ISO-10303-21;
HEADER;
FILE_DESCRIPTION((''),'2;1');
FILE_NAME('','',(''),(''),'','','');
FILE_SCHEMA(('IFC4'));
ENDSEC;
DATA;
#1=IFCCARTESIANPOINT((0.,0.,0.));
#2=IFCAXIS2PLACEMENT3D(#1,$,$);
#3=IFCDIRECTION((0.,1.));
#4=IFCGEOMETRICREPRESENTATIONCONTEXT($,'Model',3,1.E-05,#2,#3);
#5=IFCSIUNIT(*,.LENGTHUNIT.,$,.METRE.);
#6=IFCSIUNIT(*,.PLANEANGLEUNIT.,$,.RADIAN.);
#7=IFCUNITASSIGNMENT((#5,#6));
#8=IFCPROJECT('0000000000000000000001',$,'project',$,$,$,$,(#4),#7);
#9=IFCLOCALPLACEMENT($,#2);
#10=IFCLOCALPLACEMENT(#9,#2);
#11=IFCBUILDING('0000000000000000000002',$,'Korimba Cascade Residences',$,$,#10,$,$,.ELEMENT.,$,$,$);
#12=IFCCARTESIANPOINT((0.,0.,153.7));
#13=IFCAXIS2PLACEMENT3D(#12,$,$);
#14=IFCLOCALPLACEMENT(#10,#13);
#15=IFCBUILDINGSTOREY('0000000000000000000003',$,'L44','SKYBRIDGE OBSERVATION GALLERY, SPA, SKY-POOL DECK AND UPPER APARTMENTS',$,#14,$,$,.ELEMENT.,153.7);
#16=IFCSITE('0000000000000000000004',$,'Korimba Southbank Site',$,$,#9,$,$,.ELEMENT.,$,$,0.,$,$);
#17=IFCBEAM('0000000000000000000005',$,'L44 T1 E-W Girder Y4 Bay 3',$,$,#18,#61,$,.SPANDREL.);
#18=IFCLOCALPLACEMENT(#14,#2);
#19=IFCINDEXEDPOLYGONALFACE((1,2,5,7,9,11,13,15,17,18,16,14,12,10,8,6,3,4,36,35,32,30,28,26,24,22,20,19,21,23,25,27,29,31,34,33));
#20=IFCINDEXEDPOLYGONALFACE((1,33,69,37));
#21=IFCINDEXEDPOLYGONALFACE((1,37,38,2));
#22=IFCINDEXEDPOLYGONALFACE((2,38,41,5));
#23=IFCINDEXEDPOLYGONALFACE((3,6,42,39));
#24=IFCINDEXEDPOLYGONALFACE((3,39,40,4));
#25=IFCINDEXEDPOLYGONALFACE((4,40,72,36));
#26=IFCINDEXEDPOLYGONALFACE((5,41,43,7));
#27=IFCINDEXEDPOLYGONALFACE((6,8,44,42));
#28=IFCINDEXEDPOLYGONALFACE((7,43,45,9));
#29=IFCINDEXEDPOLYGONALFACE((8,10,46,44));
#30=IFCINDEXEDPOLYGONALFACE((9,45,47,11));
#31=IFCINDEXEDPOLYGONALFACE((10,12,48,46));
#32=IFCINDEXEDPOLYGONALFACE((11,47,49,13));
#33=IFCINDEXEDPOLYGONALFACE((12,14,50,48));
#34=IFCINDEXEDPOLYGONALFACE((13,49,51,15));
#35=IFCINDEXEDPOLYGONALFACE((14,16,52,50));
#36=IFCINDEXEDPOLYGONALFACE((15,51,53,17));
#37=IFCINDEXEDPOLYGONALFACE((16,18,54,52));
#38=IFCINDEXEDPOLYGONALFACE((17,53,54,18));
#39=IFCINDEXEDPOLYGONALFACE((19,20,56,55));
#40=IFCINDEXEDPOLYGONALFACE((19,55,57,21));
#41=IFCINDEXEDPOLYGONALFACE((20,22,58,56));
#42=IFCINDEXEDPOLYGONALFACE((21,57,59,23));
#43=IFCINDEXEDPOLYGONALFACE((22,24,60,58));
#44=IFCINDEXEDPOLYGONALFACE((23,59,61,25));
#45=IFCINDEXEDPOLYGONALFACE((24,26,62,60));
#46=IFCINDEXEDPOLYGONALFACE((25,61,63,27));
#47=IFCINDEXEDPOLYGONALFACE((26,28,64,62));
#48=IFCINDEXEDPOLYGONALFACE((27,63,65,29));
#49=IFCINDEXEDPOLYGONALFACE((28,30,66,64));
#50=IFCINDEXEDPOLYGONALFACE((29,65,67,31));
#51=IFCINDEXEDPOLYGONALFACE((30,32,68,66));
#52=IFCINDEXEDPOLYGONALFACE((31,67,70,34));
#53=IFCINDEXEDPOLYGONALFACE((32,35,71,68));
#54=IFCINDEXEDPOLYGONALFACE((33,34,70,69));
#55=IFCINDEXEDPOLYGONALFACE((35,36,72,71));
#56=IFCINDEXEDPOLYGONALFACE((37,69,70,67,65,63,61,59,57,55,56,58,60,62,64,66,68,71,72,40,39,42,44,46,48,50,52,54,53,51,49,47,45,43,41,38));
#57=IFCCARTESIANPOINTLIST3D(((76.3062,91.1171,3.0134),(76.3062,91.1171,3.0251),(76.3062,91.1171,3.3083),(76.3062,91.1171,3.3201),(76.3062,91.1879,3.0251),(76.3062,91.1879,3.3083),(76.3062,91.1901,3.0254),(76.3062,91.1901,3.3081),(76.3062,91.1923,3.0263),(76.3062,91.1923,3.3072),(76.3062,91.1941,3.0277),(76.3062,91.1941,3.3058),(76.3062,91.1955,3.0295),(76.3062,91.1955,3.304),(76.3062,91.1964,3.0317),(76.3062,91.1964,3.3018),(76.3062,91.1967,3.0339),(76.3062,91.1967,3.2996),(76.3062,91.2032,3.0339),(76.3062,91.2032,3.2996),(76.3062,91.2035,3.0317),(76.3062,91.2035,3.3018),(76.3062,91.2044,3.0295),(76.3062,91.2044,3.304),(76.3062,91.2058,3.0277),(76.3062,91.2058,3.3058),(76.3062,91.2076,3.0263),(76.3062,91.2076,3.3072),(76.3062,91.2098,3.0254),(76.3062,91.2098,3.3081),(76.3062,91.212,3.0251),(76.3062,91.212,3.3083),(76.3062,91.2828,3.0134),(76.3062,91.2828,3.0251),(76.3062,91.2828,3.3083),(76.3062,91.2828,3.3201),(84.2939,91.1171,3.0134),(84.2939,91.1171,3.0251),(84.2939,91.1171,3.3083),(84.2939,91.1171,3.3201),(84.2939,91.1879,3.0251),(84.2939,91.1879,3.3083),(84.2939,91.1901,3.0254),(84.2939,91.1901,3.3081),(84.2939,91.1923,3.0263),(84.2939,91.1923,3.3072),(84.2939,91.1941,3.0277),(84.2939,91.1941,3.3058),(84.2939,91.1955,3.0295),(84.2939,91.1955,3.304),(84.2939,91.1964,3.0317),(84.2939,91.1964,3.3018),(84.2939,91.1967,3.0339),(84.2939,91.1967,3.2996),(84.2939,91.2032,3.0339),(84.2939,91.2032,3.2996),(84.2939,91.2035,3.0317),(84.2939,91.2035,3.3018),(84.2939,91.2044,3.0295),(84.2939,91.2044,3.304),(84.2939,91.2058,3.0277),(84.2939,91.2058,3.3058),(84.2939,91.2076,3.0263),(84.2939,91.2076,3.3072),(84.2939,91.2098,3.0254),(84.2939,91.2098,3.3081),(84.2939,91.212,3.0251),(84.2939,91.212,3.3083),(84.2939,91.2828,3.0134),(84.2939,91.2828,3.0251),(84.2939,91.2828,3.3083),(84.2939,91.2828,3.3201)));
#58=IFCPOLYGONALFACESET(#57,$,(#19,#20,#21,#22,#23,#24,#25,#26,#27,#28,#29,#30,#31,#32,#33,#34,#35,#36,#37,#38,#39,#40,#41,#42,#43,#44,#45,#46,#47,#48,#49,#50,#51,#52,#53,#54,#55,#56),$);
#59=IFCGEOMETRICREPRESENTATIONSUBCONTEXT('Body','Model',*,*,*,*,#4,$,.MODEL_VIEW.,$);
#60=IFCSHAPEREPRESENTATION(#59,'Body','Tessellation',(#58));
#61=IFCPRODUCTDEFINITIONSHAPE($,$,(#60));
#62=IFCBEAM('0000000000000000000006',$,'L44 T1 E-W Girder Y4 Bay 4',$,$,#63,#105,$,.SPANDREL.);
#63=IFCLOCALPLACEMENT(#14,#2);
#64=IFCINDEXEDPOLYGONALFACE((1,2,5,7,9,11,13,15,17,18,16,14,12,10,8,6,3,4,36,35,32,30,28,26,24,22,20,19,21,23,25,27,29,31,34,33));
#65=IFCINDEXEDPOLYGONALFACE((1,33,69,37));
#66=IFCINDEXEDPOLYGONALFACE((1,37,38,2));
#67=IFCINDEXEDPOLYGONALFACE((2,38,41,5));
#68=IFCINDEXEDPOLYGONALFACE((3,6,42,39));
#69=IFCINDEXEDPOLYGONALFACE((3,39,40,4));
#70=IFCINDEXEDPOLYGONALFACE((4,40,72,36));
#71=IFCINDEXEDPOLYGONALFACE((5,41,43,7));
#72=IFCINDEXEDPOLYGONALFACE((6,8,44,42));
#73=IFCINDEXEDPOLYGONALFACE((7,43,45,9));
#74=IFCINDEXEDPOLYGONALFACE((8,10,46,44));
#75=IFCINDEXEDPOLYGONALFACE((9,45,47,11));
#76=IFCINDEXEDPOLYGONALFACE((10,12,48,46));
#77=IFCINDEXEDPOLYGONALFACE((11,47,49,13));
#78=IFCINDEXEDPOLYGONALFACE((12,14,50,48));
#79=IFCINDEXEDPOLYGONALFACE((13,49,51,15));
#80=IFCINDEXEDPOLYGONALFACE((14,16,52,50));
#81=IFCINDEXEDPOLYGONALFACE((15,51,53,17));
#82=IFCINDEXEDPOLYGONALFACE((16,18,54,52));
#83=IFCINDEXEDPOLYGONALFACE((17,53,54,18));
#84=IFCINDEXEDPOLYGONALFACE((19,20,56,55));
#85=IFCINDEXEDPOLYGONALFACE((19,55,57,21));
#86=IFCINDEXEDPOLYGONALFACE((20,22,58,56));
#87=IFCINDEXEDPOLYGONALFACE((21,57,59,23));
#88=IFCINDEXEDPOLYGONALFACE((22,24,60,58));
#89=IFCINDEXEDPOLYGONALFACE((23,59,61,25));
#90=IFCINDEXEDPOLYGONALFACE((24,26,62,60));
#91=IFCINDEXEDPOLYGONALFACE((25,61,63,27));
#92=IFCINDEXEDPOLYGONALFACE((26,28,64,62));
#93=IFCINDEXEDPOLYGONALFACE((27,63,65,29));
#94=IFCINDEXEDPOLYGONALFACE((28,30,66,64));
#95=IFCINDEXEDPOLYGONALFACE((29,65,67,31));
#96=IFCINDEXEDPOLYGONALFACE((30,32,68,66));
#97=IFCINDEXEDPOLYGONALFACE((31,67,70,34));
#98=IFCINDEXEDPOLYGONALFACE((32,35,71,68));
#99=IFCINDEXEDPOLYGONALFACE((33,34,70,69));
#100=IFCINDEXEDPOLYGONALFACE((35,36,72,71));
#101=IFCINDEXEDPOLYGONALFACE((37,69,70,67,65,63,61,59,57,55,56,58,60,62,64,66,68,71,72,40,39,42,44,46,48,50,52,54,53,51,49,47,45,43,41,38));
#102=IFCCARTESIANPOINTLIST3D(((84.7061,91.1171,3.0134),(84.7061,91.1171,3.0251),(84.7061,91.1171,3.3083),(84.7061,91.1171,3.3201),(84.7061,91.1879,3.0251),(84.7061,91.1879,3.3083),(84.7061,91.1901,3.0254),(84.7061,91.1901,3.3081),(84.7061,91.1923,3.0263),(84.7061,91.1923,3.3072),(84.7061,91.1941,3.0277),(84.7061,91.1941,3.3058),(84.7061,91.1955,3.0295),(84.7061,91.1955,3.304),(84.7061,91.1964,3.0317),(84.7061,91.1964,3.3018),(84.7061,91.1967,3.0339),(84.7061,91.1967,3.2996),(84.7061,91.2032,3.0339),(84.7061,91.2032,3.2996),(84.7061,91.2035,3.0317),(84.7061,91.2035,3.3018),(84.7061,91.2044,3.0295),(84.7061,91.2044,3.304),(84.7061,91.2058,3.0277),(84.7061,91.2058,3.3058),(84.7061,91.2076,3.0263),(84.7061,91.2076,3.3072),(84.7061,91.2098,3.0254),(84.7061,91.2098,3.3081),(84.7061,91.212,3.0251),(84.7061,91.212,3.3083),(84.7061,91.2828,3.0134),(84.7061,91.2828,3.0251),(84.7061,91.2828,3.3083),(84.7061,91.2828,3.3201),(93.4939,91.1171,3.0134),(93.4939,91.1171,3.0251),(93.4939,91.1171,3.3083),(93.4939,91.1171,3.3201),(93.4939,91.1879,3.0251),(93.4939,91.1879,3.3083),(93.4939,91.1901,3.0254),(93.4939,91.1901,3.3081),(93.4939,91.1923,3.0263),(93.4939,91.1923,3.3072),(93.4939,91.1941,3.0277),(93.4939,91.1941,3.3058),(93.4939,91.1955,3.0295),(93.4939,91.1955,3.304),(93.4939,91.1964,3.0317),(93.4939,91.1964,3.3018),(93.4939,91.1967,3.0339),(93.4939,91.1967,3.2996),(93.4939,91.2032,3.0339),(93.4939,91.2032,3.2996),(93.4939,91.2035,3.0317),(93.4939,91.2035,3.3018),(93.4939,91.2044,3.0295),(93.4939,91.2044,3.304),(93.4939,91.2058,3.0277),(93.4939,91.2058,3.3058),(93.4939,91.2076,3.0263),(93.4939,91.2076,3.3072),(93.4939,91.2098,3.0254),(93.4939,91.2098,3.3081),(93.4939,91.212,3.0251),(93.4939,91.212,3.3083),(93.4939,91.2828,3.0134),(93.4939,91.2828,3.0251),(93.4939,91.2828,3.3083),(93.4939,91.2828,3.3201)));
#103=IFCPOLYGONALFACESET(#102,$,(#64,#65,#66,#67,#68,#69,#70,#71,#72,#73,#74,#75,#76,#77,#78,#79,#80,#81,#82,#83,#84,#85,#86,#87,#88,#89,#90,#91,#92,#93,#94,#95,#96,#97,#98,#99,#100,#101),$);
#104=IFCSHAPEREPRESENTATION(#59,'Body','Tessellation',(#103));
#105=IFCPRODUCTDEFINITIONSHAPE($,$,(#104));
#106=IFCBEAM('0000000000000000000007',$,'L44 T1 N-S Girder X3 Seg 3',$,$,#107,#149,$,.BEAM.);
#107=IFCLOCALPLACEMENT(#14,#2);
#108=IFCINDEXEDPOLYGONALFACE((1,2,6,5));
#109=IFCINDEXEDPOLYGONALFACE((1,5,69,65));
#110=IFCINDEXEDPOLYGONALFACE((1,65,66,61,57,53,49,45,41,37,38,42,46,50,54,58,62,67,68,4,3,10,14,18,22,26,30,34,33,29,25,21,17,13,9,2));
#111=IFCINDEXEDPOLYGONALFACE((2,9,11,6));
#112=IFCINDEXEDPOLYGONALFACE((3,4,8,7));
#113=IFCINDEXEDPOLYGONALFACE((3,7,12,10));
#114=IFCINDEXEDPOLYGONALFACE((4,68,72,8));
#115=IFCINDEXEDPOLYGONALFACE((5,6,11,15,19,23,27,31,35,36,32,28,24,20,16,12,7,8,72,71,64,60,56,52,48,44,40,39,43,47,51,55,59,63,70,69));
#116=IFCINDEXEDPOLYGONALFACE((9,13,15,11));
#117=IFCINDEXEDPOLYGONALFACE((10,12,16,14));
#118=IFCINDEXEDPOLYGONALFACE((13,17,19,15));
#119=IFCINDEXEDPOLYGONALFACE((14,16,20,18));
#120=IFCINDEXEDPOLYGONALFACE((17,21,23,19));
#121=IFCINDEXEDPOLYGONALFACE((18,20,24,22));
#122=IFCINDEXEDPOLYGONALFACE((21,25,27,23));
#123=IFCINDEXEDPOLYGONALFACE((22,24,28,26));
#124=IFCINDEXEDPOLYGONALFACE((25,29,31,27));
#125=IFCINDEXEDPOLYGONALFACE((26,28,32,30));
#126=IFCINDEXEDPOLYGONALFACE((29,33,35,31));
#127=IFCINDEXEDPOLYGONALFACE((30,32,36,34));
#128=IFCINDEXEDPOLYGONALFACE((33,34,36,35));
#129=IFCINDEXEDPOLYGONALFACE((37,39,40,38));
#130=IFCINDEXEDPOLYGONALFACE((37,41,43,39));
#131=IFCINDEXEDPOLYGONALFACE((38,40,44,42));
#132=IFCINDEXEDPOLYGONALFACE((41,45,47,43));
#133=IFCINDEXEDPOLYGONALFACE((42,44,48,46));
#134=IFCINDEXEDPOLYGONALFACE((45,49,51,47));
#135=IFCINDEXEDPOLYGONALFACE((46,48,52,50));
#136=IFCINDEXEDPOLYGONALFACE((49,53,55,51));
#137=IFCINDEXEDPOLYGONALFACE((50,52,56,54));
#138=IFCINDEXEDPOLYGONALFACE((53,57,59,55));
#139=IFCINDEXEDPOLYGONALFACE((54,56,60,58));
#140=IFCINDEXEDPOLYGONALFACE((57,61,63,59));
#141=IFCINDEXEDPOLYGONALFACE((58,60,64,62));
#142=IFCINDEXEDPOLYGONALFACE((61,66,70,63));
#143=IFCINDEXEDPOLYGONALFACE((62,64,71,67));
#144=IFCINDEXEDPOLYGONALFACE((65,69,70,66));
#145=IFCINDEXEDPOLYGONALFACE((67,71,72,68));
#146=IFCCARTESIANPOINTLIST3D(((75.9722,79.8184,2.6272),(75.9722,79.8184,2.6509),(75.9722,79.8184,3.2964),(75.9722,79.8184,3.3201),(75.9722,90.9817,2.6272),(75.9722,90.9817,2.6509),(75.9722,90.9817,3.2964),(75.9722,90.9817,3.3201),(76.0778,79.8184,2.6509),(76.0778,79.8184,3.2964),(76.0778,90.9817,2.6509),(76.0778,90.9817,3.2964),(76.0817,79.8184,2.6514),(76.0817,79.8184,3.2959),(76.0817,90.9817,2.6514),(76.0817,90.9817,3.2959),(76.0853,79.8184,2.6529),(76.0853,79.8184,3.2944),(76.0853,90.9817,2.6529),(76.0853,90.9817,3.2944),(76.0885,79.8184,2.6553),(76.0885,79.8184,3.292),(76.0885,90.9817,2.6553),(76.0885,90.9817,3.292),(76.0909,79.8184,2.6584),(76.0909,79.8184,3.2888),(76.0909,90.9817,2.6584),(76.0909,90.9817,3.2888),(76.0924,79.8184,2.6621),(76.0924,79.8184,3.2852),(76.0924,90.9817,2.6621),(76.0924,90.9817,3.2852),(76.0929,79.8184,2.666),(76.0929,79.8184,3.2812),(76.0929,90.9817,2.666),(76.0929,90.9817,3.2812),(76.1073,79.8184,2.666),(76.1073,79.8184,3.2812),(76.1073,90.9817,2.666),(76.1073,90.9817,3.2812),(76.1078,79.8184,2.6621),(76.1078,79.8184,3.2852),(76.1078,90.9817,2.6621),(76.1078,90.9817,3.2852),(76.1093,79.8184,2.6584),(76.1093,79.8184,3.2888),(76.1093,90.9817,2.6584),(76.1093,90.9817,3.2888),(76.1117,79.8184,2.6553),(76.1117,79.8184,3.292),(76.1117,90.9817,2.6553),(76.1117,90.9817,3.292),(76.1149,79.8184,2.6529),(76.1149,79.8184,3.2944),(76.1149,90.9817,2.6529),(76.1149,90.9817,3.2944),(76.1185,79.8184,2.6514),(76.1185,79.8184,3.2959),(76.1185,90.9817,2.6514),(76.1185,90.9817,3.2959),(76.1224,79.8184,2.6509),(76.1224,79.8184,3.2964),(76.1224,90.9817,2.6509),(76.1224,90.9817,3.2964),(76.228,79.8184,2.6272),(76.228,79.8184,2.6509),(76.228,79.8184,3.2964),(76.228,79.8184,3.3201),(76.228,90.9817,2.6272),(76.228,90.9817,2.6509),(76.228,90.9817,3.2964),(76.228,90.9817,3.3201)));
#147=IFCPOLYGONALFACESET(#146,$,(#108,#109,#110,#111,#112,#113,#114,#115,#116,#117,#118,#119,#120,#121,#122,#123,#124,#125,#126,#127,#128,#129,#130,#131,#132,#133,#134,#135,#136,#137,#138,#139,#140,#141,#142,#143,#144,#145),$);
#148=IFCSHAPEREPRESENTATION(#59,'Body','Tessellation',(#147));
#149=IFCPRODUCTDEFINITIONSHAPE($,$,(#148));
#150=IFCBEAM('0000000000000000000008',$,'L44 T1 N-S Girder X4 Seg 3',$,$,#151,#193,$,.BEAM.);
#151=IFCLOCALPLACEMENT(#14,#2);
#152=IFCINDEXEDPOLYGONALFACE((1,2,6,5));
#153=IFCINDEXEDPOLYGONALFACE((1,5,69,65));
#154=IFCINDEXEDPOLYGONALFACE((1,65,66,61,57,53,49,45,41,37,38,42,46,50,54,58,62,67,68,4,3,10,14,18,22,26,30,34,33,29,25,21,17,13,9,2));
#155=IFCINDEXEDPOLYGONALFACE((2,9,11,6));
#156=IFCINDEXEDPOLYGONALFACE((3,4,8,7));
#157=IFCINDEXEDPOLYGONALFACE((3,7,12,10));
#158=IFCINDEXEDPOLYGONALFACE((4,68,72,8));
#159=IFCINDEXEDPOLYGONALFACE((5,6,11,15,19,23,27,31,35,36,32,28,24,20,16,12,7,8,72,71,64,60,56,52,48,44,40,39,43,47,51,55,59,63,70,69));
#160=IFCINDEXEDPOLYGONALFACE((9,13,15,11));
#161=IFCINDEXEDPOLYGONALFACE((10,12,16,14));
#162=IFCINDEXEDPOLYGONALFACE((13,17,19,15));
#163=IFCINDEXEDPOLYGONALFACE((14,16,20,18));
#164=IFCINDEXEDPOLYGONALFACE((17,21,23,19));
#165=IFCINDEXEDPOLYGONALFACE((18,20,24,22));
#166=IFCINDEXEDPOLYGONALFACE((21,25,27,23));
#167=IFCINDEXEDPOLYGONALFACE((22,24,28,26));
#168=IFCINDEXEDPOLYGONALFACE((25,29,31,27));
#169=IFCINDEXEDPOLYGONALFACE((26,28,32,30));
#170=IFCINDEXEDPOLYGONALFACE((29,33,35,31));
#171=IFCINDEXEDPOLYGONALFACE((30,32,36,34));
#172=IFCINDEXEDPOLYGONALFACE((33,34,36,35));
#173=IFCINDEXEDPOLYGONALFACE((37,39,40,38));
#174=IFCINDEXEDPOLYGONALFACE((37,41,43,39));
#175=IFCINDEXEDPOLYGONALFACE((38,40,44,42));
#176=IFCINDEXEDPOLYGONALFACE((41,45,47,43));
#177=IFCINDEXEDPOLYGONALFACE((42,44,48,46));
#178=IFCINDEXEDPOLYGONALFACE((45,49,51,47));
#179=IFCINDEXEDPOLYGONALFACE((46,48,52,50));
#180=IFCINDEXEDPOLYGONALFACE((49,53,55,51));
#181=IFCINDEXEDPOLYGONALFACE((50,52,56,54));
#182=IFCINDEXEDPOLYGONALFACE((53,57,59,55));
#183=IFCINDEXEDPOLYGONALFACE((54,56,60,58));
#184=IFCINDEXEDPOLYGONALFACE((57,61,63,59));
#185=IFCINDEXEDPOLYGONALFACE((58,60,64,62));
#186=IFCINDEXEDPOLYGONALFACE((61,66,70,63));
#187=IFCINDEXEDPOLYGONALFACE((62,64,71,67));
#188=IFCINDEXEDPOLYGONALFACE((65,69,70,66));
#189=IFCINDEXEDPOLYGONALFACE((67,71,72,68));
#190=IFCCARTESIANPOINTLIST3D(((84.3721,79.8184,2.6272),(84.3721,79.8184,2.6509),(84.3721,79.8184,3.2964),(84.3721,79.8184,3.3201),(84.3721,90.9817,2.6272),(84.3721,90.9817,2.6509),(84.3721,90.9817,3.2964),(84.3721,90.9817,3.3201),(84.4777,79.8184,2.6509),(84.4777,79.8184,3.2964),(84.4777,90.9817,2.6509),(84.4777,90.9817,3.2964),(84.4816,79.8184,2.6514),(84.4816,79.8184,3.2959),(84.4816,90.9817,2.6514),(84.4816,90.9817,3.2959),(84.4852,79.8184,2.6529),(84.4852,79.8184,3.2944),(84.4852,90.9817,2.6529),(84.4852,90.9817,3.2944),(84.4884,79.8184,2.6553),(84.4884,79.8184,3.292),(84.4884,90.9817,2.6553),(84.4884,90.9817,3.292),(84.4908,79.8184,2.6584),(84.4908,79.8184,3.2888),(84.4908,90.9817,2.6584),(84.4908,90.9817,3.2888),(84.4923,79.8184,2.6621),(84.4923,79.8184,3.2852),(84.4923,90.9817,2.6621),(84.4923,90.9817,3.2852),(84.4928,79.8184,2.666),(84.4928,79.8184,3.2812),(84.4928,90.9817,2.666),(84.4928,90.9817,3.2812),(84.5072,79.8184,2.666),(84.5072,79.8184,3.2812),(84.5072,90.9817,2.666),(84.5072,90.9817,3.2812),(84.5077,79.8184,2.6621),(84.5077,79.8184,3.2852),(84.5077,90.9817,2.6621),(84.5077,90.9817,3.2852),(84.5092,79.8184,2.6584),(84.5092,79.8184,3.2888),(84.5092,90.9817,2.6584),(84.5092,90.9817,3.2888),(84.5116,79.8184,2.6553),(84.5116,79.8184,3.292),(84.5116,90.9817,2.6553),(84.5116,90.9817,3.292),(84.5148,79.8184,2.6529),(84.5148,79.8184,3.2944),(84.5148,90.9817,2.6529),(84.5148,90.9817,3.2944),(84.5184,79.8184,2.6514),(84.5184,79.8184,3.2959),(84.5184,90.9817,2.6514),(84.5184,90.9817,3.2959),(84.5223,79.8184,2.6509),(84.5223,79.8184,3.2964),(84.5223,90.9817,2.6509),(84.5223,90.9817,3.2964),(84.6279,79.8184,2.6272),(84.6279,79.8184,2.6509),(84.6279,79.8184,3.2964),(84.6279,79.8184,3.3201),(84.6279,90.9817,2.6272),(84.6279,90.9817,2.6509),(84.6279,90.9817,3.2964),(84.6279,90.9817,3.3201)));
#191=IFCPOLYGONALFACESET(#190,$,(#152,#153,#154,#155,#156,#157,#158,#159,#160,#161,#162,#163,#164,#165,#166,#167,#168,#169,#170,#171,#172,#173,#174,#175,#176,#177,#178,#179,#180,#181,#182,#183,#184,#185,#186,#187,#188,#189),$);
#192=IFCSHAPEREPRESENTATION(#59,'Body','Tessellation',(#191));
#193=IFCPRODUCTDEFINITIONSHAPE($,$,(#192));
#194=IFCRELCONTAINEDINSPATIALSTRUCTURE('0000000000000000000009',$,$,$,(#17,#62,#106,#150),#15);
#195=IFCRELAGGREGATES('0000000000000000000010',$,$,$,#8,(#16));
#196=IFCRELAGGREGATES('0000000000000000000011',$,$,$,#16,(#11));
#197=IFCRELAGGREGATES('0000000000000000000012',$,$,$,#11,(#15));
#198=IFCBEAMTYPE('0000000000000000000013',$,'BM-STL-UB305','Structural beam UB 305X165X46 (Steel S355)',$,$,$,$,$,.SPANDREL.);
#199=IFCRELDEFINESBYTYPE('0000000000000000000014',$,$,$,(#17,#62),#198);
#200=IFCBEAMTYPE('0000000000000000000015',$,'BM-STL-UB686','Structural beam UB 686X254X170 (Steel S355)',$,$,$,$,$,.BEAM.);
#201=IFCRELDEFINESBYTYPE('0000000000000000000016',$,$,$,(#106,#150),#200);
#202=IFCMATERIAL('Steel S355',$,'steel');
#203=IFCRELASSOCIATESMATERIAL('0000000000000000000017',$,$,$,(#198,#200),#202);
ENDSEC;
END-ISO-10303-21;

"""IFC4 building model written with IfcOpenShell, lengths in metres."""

from ifc_helpers import new_model, si_unit, direction, frame, origin, origin_2d, place, context, subcontext, project, spatial, i_section, extrude, material, material_profile, profile_set, type_object, element, save


model = new_model("IFC4")

# Units and contexts
model_context = context("Model", 3, precision=1e-05, world=origin(), true_north=direction((0.0, 1.0)))
body_context = subcontext(model_context, "Body", "Model", "MODEL_VIEW")
ifc_project = project(units=[si_unit("LENGTHUNIT", "METRE"), si_unit("PLANEANGLEUNIT", "RADIAN")], contexts=[model_context])

# Site, building, storey
site_placement = place(None, origin())
site = spatial("IfcSite", under=ifc_project, at=site_placement, Name="Korimba Southbank Site", CompositionType="ELEMENT", RefElevation=0.0)
building_placement = place(site_placement, origin())
building = spatial("IfcBuilding", under=site, at=building_placement, Name="Korimba Cascade Residences", CompositionType="ELEMENT")
storey_placement = place(building_placement, frame((0.0, 0.0, 153.7)))
storey = spatial("IfcBuildingStorey", under=building, at=storey_placement, Name="L44", Description="SKYBRIDGE OBSERVATION GALLERY, SPA, SKY-POOL DECK AND UPPER APARTMENTS", CompositionType="ELEMENT", Elevation=153.7)

# Beams
ifc_material_1 = material(Name="Steel S355", Category="steel")
ifc_material_profile_1 = material_profile(ifc_material_1, i_section(OverallWidth=0.1658, OverallDepth=0.3066, WebThickness=0.0066, FlangeThickness=0.0117, FilletRadius=0.0088, at=origin_2d()), Name="Steel S355")
ifc_profile_set_1 = profile_set([ifc_material_profile_1], Name="Steel S355")
beam_type_1 = type_object("IfcBeamType", Name="BM-STL-UB305", Description="Structural beam UB 305X165X46 (Steel S355)", PredefinedType="SPANDREL", material=ifc_profile_set_1)
beam_1_placement = place(storey_placement, frame((76.3062, 91.2, 3.1667), z_axis=(1.0, 0.0, 0.0), x_axis=(0.0, 1.0, 0.0)))
element("IfcBeam", 1, at=beam_1_placement, inside=storey, type_object=beam_type_1, Name="L44 T1 E-W Girder Y4 Bay 3", PredefinedType="SPANDREL", context=body_context, shape_type="SweptSolid", body=[
    extrude(i_section(OverallWidth=0.1658, OverallDepth=0.3066, WebThickness=0.0066, FlangeThickness=0.0117, FilletRadius=0.0088, at=origin_2d()), origin(), (0.0, 0.0, 1.0), 7.9878),
])
beam_2_placement = place(storey_placement, frame((84.7061, 91.2, 3.1667), z_axis=(1.0, 0.0, 0.0), x_axis=(0.0, 1.0, 0.0)))
element("IfcBeam", 2, at=beam_2_placement, inside=storey, type_object=beam_type_1, Name="L44 T1 E-W Girder Y4 Bay 4", PredefinedType="SPANDREL", context=body_context, shape_type="SweptSolid", body=[
    extrude(i_section(OverallWidth=0.1658, OverallDepth=0.3066, WebThickness=0.0066, FlangeThickness=0.0117, FilletRadius=0.0088, at=origin_2d()), origin(), (0.0, 0.0, 1.0), 8.7878),
])
ifc_material_profile_2 = material_profile(ifc_material_1, i_section(OverallWidth=0.2559, OverallDepth=0.6929, WebThickness=0.0144, FlangeThickness=0.0237, FilletRadius=0.0151, at=origin_2d()), Name="Steel S355")
ifc_profile_set_2 = profile_set([ifc_material_profile_2], Name="Steel S355")
beam_type_2 = type_object("IfcBeamType", Name="BM-STL-UB686", Description="Structural beam UB 686X254X170 (Steel S355)", PredefinedType="BEAM", material=ifc_profile_set_2)
for number, where, z_axis, x_axis, name in (
    (3, (76.1001, 79.8184, 2.9736), (0.0, 1.0, 0.0), (-1.0, 0.0, 0.0), "L44 T1 N-S Girder X3 Seg 3"),
    (4, (84.5, 79.8184, 2.9736), (0.0, 1.0, 0.0), (-1.0, 0.0, 0.0), "L44 T1 N-S Girder X4 Seg 3"),
):
    element("IfcBeam", number, at=place(storey_placement, frame(where, z_axis=z_axis, x_axis=x_axis)), inside=storey, type_object=beam_type_2, Name=name, PredefinedType="BEAM", context=body_context, shape_type="SweptSolid", body=[
        extrude(i_section(OverallWidth=0.2559, OverallDepth=0.6929, WebThickness=0.0144, FlangeThickness=0.0237, FilletRadius=0.0151, at=origin_2d()), origin(), (0.0, 0.0, 1.0), 11.1633),
    ])

save(model, "model.ifc")
